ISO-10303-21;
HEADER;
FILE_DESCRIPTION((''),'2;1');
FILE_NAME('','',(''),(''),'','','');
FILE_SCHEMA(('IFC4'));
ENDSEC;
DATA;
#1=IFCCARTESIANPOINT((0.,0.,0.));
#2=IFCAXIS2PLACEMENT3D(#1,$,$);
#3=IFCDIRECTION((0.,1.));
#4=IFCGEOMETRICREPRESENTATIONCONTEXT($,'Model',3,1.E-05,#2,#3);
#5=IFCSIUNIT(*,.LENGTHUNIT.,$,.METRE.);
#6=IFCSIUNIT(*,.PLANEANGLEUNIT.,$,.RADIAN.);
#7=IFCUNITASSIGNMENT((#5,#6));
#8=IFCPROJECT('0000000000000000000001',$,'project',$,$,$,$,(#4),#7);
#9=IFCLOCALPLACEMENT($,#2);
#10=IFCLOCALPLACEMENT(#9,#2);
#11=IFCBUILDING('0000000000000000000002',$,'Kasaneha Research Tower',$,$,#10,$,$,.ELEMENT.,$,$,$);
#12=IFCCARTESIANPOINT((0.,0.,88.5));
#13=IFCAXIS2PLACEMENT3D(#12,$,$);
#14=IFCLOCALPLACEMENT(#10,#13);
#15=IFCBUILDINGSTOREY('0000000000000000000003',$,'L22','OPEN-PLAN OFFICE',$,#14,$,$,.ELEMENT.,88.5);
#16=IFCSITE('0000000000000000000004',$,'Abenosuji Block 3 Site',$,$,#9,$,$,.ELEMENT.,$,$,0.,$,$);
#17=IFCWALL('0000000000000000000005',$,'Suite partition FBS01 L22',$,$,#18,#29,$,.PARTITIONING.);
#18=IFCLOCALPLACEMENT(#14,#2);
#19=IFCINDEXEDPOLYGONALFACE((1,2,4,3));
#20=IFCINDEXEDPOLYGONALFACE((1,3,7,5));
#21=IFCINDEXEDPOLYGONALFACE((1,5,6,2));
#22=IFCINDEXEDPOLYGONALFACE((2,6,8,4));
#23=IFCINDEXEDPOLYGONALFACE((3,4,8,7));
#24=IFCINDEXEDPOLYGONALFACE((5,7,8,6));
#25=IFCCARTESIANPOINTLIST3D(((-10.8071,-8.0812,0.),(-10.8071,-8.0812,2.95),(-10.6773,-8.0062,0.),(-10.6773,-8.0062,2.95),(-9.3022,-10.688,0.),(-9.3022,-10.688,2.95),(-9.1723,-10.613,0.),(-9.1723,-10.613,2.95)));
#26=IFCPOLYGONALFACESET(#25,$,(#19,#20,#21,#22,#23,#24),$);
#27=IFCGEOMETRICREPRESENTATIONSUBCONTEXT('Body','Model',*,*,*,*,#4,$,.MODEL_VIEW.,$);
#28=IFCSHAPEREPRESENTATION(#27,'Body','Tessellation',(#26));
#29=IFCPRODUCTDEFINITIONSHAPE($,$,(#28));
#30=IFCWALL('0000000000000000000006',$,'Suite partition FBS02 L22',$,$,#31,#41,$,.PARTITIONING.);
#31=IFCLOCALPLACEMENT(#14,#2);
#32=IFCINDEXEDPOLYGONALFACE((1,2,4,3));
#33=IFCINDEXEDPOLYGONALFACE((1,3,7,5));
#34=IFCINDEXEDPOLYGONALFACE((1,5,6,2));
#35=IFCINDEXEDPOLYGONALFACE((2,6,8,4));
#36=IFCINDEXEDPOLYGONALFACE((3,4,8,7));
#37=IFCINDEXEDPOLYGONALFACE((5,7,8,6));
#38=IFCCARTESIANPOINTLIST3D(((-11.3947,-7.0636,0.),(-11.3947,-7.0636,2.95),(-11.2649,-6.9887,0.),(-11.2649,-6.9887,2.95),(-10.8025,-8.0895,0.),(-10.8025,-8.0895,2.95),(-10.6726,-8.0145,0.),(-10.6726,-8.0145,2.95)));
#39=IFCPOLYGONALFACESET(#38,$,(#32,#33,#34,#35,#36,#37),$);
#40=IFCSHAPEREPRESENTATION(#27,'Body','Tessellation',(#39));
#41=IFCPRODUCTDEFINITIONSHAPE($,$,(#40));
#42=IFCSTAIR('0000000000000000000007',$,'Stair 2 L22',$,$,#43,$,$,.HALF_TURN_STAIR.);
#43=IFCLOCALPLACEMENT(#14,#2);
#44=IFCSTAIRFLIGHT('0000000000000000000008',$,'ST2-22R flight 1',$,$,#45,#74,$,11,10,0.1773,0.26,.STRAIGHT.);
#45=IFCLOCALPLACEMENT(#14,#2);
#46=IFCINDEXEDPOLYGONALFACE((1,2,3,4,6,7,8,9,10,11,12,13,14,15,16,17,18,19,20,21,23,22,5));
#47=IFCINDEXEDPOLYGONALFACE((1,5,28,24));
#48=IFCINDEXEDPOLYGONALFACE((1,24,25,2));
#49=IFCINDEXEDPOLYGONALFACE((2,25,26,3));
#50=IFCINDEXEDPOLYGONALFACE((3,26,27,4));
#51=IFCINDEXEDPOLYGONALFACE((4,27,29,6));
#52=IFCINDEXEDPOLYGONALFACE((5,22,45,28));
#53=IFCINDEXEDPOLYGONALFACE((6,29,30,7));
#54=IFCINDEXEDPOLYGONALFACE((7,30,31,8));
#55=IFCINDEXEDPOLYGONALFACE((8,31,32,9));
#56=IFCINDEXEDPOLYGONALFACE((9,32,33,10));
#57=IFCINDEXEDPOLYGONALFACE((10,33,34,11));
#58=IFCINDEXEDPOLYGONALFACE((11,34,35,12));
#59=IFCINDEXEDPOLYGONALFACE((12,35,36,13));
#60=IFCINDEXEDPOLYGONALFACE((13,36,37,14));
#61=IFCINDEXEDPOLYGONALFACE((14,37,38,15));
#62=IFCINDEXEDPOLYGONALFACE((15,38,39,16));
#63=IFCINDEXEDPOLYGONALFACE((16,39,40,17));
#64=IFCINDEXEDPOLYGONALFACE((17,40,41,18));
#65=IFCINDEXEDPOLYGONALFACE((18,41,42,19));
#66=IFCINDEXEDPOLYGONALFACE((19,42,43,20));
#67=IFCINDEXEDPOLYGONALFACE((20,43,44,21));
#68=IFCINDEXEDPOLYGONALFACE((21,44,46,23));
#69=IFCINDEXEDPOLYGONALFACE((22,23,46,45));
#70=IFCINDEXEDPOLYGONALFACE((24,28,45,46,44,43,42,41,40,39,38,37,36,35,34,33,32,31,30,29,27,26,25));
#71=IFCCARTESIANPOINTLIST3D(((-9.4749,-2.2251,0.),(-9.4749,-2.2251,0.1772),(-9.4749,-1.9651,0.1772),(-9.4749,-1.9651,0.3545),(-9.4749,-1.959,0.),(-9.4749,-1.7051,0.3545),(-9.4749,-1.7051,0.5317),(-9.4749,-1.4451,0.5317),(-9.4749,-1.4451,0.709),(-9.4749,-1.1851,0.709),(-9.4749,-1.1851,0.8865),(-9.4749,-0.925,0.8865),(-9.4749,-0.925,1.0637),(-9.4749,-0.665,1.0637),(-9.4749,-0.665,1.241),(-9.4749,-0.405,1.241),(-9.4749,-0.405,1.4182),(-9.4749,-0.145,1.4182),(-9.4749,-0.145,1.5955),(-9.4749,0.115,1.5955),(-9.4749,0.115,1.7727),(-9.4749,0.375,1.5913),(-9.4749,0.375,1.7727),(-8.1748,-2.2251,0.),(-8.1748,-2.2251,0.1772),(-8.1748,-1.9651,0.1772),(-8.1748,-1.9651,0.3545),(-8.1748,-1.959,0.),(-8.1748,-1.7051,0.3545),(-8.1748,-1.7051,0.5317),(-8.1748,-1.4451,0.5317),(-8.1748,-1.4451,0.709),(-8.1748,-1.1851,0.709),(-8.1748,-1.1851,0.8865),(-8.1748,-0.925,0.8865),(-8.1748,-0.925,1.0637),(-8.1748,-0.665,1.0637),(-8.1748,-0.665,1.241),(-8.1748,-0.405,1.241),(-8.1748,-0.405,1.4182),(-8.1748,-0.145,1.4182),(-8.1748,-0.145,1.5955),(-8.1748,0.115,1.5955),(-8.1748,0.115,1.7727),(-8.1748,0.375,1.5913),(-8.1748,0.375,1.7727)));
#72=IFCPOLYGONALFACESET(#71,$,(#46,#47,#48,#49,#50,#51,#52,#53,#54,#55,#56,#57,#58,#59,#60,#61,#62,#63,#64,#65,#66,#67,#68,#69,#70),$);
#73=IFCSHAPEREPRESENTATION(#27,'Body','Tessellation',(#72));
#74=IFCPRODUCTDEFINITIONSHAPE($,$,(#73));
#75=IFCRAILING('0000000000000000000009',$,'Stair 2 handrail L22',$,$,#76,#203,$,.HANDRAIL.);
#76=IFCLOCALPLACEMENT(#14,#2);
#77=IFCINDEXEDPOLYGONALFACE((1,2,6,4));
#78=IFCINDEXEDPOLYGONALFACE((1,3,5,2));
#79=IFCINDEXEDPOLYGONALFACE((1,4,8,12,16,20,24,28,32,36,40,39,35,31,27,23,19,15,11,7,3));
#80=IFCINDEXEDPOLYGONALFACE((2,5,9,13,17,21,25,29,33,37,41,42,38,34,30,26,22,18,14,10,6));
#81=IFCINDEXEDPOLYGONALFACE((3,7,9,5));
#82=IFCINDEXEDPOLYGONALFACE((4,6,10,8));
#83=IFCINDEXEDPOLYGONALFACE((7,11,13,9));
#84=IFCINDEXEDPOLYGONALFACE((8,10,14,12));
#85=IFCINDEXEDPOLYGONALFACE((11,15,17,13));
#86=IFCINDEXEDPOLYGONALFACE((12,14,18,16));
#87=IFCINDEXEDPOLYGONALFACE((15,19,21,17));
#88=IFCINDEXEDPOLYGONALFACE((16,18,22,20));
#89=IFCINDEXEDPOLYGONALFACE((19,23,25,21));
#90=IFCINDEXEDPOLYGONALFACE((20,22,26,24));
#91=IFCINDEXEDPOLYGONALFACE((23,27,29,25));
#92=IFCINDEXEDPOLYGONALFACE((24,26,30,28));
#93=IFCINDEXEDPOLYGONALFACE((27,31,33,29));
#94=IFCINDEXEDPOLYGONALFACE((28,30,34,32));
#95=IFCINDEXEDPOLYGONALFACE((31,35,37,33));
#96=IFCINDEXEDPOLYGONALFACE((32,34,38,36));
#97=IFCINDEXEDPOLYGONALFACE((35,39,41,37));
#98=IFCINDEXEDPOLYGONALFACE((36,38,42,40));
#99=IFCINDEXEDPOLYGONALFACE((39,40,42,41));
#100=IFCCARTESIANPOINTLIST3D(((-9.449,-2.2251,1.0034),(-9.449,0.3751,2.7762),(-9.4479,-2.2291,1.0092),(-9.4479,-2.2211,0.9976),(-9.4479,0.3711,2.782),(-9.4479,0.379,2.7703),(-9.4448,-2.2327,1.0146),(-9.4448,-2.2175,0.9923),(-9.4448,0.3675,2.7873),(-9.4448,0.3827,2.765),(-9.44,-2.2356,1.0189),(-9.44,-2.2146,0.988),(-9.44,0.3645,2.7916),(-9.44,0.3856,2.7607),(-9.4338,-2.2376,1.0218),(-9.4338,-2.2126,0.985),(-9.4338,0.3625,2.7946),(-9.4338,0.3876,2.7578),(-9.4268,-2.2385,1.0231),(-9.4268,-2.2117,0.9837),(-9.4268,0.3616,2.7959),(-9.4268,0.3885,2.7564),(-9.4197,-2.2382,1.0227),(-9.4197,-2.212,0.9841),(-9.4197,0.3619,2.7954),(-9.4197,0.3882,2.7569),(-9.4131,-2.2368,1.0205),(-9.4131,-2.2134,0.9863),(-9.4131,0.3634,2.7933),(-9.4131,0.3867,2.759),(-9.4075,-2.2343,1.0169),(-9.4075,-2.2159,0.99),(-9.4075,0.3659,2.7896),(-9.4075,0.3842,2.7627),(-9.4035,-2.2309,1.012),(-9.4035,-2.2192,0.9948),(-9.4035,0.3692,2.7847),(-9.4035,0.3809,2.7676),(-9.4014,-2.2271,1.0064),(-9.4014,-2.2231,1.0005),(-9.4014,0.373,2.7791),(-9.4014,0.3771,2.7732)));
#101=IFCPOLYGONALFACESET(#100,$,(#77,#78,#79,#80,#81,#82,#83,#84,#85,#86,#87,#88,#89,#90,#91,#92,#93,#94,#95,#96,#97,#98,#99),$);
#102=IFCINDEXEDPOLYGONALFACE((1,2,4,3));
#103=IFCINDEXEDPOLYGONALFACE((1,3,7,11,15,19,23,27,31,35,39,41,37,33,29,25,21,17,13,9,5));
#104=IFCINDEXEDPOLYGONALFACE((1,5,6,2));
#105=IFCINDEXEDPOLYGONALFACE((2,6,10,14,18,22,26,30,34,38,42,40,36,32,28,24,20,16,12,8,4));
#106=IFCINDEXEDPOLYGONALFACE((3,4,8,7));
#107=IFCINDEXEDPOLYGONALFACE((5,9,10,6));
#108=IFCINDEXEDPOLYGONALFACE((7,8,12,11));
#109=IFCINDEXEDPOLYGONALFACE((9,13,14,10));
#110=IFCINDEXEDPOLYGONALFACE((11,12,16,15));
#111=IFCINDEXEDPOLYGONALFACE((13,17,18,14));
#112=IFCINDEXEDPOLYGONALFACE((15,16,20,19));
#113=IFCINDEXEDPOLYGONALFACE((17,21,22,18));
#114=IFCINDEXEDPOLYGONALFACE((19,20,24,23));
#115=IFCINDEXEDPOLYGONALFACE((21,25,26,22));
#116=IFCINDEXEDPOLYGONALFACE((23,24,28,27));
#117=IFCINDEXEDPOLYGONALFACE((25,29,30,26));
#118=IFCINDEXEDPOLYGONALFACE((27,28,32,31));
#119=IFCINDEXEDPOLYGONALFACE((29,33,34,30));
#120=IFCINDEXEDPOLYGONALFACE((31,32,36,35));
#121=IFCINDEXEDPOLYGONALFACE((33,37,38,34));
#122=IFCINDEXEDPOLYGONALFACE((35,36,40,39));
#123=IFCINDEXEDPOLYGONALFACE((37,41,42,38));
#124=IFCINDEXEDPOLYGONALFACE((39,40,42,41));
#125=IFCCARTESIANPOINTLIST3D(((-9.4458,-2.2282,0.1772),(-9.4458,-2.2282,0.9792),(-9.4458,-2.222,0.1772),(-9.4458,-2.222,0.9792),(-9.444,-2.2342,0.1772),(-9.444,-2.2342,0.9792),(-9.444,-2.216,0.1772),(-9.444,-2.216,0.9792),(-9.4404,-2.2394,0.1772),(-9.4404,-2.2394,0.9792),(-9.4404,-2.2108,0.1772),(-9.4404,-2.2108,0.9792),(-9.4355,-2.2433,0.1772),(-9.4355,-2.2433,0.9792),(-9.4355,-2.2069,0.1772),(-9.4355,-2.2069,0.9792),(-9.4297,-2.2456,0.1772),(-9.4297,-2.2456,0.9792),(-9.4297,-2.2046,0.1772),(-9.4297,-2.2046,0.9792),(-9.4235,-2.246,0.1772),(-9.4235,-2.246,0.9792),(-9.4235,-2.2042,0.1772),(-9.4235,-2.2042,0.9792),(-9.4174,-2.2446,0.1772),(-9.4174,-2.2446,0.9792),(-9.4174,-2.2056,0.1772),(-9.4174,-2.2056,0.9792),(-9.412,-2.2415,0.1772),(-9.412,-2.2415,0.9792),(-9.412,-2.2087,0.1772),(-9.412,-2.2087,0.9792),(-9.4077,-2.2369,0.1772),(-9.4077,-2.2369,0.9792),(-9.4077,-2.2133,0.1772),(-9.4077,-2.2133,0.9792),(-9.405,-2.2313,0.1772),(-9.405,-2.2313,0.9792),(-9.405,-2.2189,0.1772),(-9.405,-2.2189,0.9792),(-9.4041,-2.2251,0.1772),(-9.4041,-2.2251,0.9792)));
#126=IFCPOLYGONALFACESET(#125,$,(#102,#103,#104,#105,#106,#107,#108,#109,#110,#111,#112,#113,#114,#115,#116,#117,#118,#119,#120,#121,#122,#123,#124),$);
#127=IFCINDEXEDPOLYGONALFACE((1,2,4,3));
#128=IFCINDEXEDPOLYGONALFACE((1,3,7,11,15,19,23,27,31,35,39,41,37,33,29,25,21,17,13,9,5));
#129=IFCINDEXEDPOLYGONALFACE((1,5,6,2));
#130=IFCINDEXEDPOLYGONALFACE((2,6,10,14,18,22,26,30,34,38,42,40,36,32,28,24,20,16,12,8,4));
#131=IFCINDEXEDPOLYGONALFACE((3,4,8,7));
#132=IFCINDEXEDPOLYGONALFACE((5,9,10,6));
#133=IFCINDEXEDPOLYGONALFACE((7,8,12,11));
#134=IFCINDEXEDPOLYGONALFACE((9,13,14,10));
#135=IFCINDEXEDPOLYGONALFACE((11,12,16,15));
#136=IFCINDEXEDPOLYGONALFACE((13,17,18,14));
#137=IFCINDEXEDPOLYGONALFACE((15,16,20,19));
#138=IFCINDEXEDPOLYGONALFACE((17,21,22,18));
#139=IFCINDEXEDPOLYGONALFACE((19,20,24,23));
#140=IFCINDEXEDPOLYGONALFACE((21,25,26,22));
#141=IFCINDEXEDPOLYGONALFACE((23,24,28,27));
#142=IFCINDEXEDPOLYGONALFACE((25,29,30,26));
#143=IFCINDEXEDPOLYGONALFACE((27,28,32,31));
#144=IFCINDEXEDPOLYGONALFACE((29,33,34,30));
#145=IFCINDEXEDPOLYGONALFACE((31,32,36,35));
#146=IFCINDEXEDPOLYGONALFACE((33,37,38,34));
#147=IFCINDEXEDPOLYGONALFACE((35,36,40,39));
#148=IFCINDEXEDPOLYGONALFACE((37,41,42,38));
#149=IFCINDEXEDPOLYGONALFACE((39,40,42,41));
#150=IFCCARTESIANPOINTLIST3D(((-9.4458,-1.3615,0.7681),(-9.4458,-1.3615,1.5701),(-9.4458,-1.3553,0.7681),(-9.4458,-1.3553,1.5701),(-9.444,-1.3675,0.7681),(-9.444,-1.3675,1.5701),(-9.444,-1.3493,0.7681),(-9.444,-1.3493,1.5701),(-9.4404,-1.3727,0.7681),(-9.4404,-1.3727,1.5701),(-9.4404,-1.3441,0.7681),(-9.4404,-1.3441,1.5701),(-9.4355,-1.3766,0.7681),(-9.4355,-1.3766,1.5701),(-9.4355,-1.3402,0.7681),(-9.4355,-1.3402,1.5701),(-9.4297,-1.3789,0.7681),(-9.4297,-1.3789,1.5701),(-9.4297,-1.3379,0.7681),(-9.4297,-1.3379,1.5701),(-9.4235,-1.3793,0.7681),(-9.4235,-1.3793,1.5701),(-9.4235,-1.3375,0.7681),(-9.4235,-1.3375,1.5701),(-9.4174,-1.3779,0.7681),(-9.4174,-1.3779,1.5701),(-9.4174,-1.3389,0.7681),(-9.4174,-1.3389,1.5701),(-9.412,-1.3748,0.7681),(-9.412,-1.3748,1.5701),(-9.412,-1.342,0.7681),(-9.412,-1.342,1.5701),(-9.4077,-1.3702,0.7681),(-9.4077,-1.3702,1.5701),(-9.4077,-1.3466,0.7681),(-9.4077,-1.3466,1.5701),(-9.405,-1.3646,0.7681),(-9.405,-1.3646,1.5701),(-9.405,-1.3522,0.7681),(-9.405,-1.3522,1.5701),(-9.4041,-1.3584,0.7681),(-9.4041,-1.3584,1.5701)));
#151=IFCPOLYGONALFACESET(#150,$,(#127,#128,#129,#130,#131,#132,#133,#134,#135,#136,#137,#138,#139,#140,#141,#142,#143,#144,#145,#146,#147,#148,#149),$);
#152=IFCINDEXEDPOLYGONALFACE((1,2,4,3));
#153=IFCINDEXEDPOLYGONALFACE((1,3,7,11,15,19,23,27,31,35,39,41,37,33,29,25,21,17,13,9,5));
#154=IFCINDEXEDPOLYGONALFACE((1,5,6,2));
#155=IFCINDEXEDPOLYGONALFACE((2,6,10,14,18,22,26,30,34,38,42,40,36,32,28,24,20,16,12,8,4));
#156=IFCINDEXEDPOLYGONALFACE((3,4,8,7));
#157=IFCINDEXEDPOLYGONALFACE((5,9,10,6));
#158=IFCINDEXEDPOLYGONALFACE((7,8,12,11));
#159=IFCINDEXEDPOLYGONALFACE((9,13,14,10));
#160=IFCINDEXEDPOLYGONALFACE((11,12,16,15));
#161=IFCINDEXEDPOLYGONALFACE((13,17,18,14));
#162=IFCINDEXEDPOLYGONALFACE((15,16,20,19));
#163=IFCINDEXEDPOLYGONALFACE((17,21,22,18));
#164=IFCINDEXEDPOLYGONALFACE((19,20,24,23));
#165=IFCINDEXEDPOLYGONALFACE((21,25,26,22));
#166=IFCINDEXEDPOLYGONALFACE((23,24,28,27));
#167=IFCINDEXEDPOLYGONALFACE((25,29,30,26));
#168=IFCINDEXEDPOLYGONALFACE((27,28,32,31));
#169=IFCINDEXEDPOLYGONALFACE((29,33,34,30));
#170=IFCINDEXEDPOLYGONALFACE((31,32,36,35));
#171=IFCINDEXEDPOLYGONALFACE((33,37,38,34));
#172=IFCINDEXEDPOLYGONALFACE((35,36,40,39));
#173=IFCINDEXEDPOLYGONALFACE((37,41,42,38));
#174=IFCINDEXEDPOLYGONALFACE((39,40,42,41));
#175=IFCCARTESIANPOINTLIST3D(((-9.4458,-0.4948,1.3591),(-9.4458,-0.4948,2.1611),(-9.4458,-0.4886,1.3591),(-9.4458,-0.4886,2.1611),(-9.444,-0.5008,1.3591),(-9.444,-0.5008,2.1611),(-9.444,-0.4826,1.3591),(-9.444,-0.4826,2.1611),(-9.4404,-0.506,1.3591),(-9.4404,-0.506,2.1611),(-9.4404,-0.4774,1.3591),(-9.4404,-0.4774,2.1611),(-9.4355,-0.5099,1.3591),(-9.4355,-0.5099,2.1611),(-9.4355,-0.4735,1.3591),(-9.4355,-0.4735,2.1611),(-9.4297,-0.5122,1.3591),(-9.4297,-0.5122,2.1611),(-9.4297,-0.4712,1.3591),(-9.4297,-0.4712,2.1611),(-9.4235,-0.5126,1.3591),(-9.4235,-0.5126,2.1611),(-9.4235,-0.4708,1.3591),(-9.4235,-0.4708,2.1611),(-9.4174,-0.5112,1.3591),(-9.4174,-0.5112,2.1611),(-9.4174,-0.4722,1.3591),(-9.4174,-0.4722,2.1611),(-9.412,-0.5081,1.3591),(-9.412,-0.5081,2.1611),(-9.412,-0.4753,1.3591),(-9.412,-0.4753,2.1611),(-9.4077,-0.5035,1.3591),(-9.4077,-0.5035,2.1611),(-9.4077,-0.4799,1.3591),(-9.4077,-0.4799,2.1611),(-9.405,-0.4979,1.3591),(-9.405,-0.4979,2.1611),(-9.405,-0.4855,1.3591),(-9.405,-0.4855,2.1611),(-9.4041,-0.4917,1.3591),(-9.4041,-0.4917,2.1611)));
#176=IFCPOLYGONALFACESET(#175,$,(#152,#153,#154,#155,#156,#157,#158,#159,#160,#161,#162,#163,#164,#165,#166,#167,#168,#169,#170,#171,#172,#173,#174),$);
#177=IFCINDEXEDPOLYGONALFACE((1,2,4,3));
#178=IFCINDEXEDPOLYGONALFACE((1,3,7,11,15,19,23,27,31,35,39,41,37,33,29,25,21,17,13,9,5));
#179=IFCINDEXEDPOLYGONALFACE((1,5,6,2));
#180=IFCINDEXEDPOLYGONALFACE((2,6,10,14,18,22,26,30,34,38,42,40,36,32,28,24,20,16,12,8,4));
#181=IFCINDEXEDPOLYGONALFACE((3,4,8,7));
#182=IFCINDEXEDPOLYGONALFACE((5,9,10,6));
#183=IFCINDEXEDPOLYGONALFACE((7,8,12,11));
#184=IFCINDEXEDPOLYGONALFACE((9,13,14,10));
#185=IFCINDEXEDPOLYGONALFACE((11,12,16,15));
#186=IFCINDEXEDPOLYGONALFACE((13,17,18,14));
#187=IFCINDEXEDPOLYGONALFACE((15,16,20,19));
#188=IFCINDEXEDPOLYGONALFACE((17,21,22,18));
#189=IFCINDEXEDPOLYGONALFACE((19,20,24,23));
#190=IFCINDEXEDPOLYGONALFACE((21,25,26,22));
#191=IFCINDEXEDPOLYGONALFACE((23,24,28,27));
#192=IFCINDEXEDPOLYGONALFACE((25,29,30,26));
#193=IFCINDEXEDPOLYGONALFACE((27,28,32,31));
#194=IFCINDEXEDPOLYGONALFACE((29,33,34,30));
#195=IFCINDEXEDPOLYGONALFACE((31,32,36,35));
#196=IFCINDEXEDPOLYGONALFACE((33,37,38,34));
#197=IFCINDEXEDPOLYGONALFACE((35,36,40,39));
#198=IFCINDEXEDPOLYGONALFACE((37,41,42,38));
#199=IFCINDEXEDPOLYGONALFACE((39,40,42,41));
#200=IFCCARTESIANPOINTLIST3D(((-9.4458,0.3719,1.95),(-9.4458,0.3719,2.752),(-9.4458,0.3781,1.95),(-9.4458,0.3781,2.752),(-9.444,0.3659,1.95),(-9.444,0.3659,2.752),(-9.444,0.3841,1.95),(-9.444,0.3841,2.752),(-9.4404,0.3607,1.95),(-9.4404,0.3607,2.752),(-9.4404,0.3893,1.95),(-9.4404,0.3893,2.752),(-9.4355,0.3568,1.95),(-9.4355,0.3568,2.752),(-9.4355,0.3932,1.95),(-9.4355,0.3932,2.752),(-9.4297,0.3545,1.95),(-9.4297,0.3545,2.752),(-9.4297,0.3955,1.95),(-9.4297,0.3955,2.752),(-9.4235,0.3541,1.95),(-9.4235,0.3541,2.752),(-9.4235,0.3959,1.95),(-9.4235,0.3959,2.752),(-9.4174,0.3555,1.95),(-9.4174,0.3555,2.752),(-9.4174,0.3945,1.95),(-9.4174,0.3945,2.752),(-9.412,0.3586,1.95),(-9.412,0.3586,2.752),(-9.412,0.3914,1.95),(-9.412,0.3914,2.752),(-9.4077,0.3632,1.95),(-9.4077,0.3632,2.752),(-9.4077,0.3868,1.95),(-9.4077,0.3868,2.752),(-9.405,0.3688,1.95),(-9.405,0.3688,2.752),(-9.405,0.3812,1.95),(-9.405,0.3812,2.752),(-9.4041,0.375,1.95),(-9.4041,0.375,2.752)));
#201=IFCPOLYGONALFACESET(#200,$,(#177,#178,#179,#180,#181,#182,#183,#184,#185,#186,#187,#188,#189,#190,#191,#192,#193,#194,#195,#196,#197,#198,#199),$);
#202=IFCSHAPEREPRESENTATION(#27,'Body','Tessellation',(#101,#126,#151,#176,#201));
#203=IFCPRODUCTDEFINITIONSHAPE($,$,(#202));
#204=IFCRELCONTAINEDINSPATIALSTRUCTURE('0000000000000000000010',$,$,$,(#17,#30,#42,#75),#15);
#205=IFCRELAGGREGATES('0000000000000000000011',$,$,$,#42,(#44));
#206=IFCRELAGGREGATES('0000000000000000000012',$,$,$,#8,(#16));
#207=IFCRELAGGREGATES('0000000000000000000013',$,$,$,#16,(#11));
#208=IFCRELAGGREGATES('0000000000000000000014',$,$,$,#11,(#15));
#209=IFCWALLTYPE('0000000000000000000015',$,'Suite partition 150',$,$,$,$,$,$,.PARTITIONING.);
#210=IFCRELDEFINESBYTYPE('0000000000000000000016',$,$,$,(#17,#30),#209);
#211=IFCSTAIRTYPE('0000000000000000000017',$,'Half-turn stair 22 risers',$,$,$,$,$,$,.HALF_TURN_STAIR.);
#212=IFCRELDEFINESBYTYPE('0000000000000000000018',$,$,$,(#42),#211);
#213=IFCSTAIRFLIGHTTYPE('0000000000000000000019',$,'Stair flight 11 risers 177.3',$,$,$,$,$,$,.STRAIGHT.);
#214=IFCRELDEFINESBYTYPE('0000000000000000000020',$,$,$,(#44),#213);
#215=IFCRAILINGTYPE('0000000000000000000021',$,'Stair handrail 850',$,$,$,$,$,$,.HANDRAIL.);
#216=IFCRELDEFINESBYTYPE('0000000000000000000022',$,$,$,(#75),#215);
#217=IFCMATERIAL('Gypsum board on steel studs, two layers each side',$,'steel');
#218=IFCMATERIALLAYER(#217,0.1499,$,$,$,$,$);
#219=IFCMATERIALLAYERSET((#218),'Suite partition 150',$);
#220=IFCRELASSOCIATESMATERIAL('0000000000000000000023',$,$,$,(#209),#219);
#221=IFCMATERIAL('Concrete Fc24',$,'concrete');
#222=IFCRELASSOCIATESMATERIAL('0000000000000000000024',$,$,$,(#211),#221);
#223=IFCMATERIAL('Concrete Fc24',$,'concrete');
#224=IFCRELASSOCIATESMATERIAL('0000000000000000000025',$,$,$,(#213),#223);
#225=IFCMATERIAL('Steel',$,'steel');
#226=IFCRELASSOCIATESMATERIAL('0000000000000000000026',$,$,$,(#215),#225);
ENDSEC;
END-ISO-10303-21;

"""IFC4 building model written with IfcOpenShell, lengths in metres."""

from ifc_helpers import new_model, si_unit, direction, frame, frame_2d, origin, origin_2d, place, context, subcontext, project, spatial, polyline, rectangle, circle, outline, extrude, material, layer, layer_set, type_object, element, aggregate, save


model = new_model("IFC4")

# Units and contexts
model_context = context("Model", 3, precision=1e-05, world=origin(), true_north=direction((0.0, 1.0)))
body_context = subcontext(model_context, "Body", "Model", "MODEL_VIEW")
ifc_project = project(units=[si_unit("LENGTHUNIT", "METRE"), si_unit("PLANEANGLEUNIT", "RADIAN")], contexts=[model_context])

# Site, building, storey
site_placement = place(None, origin())
site = spatial("IfcSite", under=ifc_project, at=site_placement, Name="Abenosuji Block 3 Site", CompositionType="ELEMENT", RefElevation=0.0)
building_placement = place(site_placement, origin())
building = spatial("IfcBuilding", under=site, at=building_placement, Name="Kasaneha Research Tower", CompositionType="ELEMENT")
storey_placement = place(building_placement, frame((0.0, 0.0, 88.5)))
storey = spatial("IfcBuildingStorey", under=building, at=storey_placement, Name="L22", Description="OPEN-PLAN OFFICE", CompositionType="ELEMENT", Elevation=88.5)

# Shared definitions
ifc_material_1 = material(Name="Gypsum board on steel studs, two layers each side", Category="steel")
ifc_layer_1 = layer(ifc_material_1, 0.1499)
ifc_layer_set_1 = layer_set([ifc_layer_1], Name="Suite partition 150")
wall_type_1 = type_object("IfcWallType", Name="Suite partition 150", PredefinedType="PARTITIONING", material=ifc_layer_set_1)

# Walls
wall_1_placement = place(storey_placement, frame((-9.2373, -10.6504, 0.0), z_axis=(0.0, 0.0, 1.0), x_axis=(-0.499978, 0.866038, 0.0)))
element("IfcWall", 1, at=wall_1_placement, inside=storey, type_object=wall_type_1, Name="Suite partition FBS01 L22", PredefinedType="PARTITIONING", context=body_context, shape_type="SweptSolid", body=[
    extrude(rectangle(XDim=3.01, YDim=0.1499, at=frame_2d((1.5049, 0.0))), origin(), (0.0, 0.0, 1.0), 2.95),
])
wall_2_placement = place(storey_placement, frame((-10.7375, -8.052, 0.0), z_axis=(0.0, 0.0, 1.0), x_axis=(-0.499996, 0.866028, 0.0)))
element("IfcWall", 2, at=wall_2_placement, inside=storey, type_object=wall_type_1, Name="Suite partition FBS02 L22", PredefinedType="PARTITIONING", context=body_context, shape_type="SweptSolid", body=[
    extrude(rectangle(XDim=1.1846, YDim=0.1499, at=frame_2d((0.5923, 0.0))), origin(), (0.0, 0.0, 1.0), 2.95),
])

# Stair, stair flight
ifc_material_2 = material(Name="Concrete Fc24", Category="concrete")
stair_type = type_object("IfcStairType", Name="Half-turn stair 22 risers", PredefinedType="HALF_TURN_STAIR", material=ifc_material_2)
stair_placement = place(storey_placement, origin())
stair = element("IfcStair", 3, at=stair_placement, inside=storey, type_object=stair_type, Name="Stair 2 L22", PredefinedType="HALF_TURN_STAIR")
ifc_material_3 = material(Name="Concrete Fc24", Category="concrete")
stair_flight_type = type_object("IfcStairFlightType", Name="Stair flight 11 risers 177.3", PredefinedType="STRAIGHT", material=ifc_material_3)
stair_flight_placement = place(storey_placement, frame((-8.825, -2.2251, 0.0), z_axis=(0.0, 0.0, 1.0), x_axis=(0.0, 1.0, 0.0)))
stair_flight = element("IfcStairFlight", 4, at=stair_flight_placement, type_object=stair_flight_type, Name="ST2-22R flight 1", NumberOfRisers=11, NumberOfTreads=10, PredefinedType="STRAIGHT", RiserHeight=0.1773, TreadLength=0.26, context=body_context, shape_type="SweptSolid", body=[
    extrude(outline(polyline([(0.0, 0.0), (0.0, 0.1772), (0.26, 0.1772), (0.26, 0.3545), (0.52, 0.3545), (0.52, 0.5317), (0.78, 0.5317), (0.78, 0.709), (1.04, 0.709), (1.04, 0.8865), (1.3, 0.8865), (1.3, 1.0637), (1.5601, 1.0637), (1.5601, 1.241), (1.8201, 1.241), (1.8201, 1.4182), (2.0801, 1.4182), (2.0801, 1.5955), (2.3401, 1.5955), (2.3401, 1.7727), (2.6001, 1.7727), (2.6001, 1.95), (2.6001, 1.5913), (0.2661, 0.0), (0.0, 0.0)])), frame((0.0, 0.6499, 0.0), z_axis=(0.0, -1.0, 0.0), x_axis=(1.0, 0.0, 0.0)), (0.0, 0.0, 1.0), 1.3),
])
aggregate(stair, [stair_flight])

# Railing
ifc_material_4 = material(Name="Steel", Category="steel")
railing_type = type_object("IfcRailingType", Name="Stair handrail 850", PredefinedType="HANDRAIL", material=ifc_material_4)
railing_placement = place(storey_placement, frame((-9.425, -2.2251, 0.1772)))
element("IfcRailing", 5, at=railing_placement, inside=storey, type_object=railing_type, Name="Stair 2 handrail L22", PredefinedType="HANDRAIL", context=body_context, shape_type="SweptSolid", body=[
    extrude(circle(Radius=0.0239, at=origin_2d()), frame((0.0, 0.0, 0.8262), z_axis=(0.0, 0.82624, 0.563318), x_axis=(-1.0, 0.0, 0.0)), (0.0, 0.0, 1.0), 3.147),
    extrude(circle(Radius=0.021, at=origin_2d()), origin(), (0.0, 0.0, 1.0), 0.802),
    extrude(circle(Radius=0.021, at=origin_2d()), frame((0.0, 0.8667, 0.5908)), (0.0, 0.0, 1.0), 0.802),
    extrude(circle(Radius=0.021, at=origin_2d()), frame((0.0, 1.7334, 1.1819)), (0.0, 0.0, 1.0), 0.802),
    extrude(circle(Radius=0.021, at=origin_2d()), frame((0.0, 2.6001, 1.7727)), (0.0, 0.0, 1.0), 0.802),
])

save(model, "model.ifc")
